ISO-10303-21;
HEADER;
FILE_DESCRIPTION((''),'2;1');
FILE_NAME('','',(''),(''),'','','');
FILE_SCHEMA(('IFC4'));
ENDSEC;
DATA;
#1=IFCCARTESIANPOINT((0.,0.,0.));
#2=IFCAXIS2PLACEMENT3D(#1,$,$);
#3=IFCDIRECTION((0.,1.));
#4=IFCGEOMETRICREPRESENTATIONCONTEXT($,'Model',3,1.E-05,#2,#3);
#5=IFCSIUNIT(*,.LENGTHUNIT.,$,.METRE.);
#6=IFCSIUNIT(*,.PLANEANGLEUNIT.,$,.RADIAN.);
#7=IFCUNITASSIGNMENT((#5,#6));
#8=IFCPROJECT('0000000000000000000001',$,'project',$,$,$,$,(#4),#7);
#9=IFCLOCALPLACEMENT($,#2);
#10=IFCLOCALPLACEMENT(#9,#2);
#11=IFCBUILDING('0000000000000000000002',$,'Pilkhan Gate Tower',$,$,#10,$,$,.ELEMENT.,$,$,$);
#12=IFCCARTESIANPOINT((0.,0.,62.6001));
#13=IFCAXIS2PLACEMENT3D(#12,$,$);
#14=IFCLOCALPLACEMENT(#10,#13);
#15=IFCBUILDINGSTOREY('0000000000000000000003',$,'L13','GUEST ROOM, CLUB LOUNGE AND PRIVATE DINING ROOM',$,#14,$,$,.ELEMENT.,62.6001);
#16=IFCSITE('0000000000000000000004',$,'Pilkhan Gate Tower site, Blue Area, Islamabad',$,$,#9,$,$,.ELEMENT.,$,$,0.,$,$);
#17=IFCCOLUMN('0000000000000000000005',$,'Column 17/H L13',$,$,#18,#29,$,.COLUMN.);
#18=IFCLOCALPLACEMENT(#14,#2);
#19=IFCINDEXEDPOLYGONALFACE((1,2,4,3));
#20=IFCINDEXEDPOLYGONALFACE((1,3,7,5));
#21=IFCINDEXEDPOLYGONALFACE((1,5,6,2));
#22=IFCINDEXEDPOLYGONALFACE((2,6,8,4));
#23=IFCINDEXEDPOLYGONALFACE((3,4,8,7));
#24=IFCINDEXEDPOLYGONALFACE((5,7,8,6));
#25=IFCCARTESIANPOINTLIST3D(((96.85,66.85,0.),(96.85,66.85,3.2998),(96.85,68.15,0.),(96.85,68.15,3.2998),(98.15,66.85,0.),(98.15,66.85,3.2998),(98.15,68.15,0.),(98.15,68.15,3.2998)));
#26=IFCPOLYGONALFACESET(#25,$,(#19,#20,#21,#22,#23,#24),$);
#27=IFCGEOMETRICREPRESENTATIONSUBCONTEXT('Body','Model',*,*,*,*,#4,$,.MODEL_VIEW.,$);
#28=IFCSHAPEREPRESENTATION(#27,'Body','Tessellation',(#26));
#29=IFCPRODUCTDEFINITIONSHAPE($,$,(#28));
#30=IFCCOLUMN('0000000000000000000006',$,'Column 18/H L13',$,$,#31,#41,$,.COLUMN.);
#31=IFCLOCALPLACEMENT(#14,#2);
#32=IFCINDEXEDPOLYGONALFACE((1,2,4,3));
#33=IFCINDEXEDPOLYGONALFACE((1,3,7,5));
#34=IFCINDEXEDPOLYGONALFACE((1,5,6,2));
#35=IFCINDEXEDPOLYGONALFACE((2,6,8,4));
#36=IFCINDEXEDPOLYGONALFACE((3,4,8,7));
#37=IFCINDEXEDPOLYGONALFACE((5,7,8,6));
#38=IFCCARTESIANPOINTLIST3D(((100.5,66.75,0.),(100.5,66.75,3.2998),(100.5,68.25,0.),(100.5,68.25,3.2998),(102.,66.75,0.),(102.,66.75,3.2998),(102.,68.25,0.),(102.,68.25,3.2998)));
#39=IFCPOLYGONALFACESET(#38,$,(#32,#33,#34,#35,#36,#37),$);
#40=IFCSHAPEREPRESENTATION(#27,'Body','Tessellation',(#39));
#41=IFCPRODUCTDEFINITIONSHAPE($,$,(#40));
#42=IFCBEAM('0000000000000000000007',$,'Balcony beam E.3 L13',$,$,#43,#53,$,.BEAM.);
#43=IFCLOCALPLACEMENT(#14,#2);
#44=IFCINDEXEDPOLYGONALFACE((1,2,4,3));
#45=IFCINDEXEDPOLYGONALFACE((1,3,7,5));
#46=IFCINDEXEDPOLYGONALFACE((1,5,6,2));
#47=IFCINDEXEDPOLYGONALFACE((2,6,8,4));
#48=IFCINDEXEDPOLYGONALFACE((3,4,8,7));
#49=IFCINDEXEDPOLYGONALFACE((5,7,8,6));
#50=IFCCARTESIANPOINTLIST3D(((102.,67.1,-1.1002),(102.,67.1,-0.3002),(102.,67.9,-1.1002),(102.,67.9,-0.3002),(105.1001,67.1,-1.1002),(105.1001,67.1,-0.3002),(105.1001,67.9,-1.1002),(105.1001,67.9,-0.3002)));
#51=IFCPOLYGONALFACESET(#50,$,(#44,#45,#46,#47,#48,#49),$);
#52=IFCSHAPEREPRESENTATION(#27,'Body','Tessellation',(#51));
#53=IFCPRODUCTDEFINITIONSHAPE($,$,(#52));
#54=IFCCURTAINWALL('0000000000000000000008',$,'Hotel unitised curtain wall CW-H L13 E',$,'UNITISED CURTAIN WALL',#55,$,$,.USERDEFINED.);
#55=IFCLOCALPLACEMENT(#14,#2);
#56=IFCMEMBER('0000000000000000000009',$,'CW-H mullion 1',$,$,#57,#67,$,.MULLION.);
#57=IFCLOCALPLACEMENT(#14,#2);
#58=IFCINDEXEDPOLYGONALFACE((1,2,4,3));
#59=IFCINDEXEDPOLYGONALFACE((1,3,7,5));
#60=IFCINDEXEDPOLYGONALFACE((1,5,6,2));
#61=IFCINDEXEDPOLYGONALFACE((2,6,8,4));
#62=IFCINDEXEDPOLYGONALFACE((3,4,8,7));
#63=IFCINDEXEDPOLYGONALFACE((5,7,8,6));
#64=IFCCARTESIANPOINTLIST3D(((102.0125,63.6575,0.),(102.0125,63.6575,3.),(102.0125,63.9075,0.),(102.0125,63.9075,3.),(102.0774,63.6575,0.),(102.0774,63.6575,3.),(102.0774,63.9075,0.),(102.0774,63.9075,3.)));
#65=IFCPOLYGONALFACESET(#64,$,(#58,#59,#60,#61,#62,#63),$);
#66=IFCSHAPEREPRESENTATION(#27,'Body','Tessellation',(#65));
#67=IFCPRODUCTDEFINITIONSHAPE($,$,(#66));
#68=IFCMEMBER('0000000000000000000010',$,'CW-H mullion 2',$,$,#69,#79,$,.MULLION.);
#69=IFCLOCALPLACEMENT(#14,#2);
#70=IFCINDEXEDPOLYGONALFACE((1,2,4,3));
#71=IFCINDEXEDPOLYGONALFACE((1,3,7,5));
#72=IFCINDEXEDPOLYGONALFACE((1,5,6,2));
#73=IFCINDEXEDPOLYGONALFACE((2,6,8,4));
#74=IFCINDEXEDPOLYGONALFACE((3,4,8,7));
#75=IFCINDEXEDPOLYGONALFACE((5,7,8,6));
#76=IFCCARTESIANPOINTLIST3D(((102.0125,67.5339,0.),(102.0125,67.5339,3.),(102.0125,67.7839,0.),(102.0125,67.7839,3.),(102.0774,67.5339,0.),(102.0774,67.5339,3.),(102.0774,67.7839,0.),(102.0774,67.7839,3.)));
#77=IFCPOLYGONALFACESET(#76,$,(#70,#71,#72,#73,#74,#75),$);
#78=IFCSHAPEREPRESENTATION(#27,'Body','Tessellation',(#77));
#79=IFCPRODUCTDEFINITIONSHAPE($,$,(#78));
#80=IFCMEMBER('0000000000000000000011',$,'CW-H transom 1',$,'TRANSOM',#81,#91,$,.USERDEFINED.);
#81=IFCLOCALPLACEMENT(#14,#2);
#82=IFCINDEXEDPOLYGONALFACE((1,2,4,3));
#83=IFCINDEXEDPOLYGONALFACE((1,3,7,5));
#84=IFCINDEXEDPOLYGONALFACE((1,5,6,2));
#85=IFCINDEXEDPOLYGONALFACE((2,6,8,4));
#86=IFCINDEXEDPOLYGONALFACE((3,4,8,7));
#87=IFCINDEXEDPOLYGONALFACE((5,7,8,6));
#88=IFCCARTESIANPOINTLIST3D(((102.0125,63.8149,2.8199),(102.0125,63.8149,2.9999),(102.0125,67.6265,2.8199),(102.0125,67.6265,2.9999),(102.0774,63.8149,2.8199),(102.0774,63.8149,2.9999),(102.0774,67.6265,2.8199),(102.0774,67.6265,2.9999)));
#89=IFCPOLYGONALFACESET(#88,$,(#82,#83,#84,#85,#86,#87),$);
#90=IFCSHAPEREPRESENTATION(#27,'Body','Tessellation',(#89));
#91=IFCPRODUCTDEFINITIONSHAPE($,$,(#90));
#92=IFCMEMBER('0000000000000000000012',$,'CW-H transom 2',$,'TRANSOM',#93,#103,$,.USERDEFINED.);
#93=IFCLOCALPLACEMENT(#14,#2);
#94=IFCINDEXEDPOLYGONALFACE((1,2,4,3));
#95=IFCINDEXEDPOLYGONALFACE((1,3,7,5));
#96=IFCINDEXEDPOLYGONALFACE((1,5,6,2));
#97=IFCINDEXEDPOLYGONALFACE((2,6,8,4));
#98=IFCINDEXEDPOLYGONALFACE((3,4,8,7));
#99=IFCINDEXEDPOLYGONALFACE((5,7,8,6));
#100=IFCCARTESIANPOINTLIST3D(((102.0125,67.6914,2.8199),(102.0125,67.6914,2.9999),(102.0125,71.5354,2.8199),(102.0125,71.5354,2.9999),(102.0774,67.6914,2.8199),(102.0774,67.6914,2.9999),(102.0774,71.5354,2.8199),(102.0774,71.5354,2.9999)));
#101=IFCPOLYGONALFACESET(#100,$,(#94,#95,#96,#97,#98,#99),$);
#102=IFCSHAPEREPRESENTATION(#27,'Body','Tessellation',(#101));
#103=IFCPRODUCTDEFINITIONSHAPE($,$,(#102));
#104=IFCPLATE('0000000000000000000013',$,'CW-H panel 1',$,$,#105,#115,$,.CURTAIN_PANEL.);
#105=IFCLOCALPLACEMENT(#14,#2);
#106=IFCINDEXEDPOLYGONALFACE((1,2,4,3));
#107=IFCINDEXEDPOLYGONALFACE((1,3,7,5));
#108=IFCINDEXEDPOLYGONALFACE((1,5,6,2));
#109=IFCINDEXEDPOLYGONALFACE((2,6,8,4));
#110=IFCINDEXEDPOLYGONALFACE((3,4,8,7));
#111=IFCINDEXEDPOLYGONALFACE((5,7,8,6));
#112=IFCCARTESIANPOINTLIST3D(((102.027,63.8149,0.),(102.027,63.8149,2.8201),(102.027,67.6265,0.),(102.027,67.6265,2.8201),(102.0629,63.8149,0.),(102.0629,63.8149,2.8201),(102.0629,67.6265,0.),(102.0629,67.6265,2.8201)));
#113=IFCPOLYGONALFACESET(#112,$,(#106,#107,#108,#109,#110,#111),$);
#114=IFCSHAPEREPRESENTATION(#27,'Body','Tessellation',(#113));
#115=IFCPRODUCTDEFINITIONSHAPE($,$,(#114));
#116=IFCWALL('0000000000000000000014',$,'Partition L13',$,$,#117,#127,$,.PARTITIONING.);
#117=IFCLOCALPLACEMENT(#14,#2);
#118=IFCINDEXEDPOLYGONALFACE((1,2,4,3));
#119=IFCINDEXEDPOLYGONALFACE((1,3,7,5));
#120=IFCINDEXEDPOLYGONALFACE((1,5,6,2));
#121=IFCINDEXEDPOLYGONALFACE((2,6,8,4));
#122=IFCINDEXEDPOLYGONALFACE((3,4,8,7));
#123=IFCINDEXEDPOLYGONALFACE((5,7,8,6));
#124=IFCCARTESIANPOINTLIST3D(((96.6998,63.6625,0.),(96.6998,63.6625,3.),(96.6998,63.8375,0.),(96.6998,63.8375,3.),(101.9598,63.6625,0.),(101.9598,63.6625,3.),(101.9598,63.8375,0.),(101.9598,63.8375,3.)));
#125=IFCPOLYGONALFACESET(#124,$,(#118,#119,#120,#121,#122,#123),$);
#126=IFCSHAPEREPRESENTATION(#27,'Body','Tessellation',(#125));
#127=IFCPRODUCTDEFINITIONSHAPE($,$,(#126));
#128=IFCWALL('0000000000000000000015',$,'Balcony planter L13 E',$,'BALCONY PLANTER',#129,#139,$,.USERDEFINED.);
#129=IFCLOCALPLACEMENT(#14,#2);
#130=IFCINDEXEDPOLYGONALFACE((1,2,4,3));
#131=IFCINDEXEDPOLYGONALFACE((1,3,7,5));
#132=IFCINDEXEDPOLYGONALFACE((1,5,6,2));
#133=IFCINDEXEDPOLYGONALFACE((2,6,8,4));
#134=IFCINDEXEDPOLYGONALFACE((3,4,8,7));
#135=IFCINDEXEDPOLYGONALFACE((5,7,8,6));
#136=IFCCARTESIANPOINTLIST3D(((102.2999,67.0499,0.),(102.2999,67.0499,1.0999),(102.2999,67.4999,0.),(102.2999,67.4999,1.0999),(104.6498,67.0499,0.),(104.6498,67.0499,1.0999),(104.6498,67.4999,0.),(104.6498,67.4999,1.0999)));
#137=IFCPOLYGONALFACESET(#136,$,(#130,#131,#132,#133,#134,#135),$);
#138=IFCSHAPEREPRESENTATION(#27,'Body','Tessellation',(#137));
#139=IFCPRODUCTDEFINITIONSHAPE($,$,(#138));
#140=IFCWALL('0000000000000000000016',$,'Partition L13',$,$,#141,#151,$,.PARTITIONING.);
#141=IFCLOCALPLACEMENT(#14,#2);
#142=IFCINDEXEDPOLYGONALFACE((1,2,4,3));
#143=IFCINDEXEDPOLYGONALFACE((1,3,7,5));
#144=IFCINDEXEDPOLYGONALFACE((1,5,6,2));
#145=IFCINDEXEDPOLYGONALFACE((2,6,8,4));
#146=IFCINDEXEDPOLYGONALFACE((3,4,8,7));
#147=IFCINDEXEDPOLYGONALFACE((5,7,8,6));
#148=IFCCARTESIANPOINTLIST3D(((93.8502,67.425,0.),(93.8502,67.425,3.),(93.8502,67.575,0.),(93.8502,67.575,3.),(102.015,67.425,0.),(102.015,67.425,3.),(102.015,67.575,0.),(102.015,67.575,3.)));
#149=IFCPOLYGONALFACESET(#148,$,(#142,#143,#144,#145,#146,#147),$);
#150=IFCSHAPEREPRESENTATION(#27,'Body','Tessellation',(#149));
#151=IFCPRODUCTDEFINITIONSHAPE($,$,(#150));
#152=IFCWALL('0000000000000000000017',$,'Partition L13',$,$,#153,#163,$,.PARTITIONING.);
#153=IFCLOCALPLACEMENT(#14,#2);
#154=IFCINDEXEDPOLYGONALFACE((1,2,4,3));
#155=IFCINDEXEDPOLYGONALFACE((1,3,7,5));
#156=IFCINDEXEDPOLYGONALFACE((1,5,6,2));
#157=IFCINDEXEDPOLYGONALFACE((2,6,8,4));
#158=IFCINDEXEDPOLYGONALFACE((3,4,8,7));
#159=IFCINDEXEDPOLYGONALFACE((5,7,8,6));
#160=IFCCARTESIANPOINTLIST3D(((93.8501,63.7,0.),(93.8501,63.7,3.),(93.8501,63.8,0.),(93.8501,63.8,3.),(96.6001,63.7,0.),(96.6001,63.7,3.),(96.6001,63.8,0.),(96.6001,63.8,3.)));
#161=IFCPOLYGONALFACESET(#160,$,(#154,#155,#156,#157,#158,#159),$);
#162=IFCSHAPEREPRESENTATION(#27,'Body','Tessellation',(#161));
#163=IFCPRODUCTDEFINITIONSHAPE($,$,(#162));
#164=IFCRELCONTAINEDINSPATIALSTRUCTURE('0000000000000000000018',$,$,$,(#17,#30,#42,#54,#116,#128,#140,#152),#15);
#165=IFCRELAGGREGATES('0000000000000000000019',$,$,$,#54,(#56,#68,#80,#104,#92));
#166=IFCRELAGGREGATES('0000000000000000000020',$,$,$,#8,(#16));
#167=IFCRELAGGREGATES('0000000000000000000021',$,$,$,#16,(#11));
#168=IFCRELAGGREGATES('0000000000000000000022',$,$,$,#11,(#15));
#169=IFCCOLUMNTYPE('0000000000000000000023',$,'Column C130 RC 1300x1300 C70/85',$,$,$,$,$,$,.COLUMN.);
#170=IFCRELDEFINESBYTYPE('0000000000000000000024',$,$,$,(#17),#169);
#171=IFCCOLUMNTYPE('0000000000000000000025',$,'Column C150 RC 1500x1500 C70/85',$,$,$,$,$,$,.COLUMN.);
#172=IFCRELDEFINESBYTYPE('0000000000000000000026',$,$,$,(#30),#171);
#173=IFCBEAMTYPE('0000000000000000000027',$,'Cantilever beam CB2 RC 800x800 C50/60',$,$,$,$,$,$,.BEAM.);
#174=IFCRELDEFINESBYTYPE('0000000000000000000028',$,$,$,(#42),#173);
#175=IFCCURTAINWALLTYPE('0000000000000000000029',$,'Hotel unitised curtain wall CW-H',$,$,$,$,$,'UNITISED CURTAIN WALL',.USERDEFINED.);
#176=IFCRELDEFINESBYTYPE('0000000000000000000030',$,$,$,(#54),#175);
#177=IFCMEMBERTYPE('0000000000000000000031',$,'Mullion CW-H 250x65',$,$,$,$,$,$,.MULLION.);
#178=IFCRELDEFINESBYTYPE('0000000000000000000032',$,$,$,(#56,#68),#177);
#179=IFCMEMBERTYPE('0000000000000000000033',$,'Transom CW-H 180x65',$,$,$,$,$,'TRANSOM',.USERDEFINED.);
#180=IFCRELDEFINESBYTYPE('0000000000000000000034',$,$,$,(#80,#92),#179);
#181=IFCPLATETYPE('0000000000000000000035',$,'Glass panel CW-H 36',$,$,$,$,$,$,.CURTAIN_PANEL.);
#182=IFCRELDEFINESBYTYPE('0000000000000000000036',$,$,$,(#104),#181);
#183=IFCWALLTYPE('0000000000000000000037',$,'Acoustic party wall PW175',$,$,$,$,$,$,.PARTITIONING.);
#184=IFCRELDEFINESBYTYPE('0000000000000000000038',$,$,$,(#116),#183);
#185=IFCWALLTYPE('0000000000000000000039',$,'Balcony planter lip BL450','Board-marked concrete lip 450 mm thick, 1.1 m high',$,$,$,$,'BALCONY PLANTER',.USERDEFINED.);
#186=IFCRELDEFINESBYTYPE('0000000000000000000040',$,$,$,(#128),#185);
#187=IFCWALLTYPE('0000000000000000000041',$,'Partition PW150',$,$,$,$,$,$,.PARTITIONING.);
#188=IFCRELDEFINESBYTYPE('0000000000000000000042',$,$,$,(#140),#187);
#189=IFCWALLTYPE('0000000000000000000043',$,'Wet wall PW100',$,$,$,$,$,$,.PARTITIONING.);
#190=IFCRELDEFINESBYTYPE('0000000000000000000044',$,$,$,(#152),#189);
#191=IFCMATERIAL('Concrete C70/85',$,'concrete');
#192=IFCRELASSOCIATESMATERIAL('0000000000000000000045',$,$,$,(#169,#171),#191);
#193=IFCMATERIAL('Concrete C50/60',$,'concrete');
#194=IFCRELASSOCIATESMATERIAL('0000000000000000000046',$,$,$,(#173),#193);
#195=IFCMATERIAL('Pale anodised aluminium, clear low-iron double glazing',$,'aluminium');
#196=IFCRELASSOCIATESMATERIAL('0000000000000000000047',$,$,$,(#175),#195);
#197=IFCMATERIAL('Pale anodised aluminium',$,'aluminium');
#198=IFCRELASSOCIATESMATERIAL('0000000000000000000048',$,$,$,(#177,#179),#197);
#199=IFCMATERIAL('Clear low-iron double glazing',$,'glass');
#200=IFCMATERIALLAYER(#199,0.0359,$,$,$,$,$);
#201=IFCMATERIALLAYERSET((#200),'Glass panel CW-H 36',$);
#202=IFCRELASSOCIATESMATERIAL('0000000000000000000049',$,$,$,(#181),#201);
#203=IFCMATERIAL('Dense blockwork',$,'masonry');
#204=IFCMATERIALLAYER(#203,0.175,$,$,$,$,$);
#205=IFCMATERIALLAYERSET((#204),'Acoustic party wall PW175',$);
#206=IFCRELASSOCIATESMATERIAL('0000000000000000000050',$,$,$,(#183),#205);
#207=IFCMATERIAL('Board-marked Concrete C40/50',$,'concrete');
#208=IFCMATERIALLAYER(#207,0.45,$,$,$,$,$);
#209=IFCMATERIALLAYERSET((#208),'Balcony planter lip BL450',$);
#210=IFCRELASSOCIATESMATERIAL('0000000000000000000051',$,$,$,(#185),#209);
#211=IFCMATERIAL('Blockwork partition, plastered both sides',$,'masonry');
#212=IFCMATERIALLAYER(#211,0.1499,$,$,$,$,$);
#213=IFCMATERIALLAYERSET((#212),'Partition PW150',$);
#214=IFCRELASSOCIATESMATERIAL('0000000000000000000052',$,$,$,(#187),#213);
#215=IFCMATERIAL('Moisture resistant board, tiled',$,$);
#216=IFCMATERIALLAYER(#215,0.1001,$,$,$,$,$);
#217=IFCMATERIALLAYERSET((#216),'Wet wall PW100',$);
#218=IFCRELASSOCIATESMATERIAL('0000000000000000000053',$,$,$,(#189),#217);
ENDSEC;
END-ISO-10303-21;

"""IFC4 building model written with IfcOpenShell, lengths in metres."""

from ifc_helpers import new_model, si_unit, direction, frame, frame_2d, origin, origin_2d, place, context, subcontext, project, spatial, rectangle, extrude, material, layer, layer_set, material_profile, profile_set, type_object, element, aggregate, save


model = new_model("IFC4")

# Units and contexts
model_context = context("Model", 3, precision=1e-05, world=origin(), true_north=direction((0.0, 1.0)))
body_context = subcontext(model_context, "Body", "Model", "MODEL_VIEW")
ifc_project = project(units=[si_unit("LENGTHUNIT", "METRE"), si_unit("PLANEANGLEUNIT", "RADIAN")], contexts=[model_context])

# Site, building, storey
site_placement = place(None, origin())
site = spatial("IfcSite", under=ifc_project, at=site_placement, Name="Pilkhan Gate Tower site, Blue Area, Islamabad", CompositionType="ELEMENT", RefElevation=0.0)
building_placement = place(site_placement, origin())
building = spatial("IfcBuilding", under=site, at=building_placement, Name="Pilkhan Gate Tower", CompositionType="ELEMENT")
storey_placement = place(building_placement, frame((0.0, 0.0, 62.6001)))
storey = spatial("IfcBuildingStorey", under=building, at=storey_placement, Name="L13", Description="GUEST ROOM, CLUB LOUNGE AND PRIVATE DINING ROOM", CompositionType="ELEMENT", Elevation=62.6001)

# Columns
ifc_material_1 = material(Name="Concrete C70/85", Category="concrete")
ifc_material_profile_1 = material_profile(ifc_material_1, rectangle(XDim=1.3, YDim=1.3, at=origin_2d()), Name="RC 1300x1300")
ifc_profile_set_1 = profile_set([ifc_material_profile_1], Name="Concrete C70/85")
column_type_1 = type_object("IfcColumnType", Name="Column C130 RC 1300x1300 C70/85", PredefinedType="COLUMN", material=ifc_profile_set_1)
column_1_placement = place(storey_placement, frame((97.5, 67.5, 0.0), z_axis=(0.0, 0.0, 1.0), x_axis=(1.0, 0.0, 0.0)))
element("IfcColumn", 1, at=column_1_placement, inside=storey, type_object=column_type_1, Name="Column 17/H L13", PredefinedType="COLUMN", context=body_context, shape_type="SweptSolid", body=[
    extrude(rectangle(XDim=1.3, YDim=1.3, at=origin_2d()), origin(), (0.0, 0.0, 1.0), 3.2998),
])
ifc_material_profile_2 = material_profile(ifc_material_1, rectangle(XDim=1.5, YDim=1.5, at=origin_2d()), Name="RC 1500x1500")
ifc_profile_set_2 = profile_set([ifc_material_profile_2], Name="Concrete C70/85")
column_type_2 = type_object("IfcColumnType", Name="Column C150 RC 1500x1500 C70/85", PredefinedType="COLUMN", material=ifc_profile_set_2)
column_2_placement = place(storey_placement, frame((101.25, 67.5, 0.0), z_axis=(0.0, 0.0, 1.0), x_axis=(1.0, 0.0, 0.0)))
element("IfcColumn", 2, at=column_2_placement, inside=storey, type_object=column_type_2, Name="Column 18/H L13", PredefinedType="COLUMN", context=body_context, shape_type="SweptSolid", body=[
    extrude(rectangle(XDim=1.5, YDim=1.5, at=origin_2d()), origin(), (0.0, 0.0, 1.0), 3.2998),
])

# Beam
ifc_material_2 = material(Name="Concrete C50/60", Category="concrete")
ifc_material_profile_3 = material_profile(ifc_material_2, rectangle(XDim=0.8, YDim=0.8, at=origin_2d()), Name="RC 800x800")
ifc_profile_set_3 = profile_set([ifc_material_profile_3], Name="Concrete C50/60")
beam_type = type_object("IfcBeamType", Name="Cantilever beam CB2 RC 800x800 C50/60", PredefinedType="BEAM", material=ifc_profile_set_3)
beam_placement = place(storey_placement, frame((102.0, 67.5, -0.7002), z_axis=(1.0, 0.0, 0.0), x_axis=(0.0, 1.0, 0.0)))
element("IfcBeam", 3, at=beam_placement, inside=storey, type_object=beam_type, Name="Balcony beam E.3 L13", PredefinedType="BEAM", context=body_context, shape_type="SweptSolid", body=[
    extrude(rectangle(XDim=0.8, YDim=0.8, at=origin_2d()), origin(), (0.0, 0.0, 1.0), 3.1001),
])

# Curtain wall, members, plate
ifc_material_3 = material(Name="Pale anodised aluminium, clear low-iron double glazing", Category="aluminium")
curtain_wall_type = type_object("IfcCurtainWallType", Name="Hotel unitised curtain wall CW-H", ElementType="UNITISED CURTAIN WALL", PredefinedType="USERDEFINED", material=ifc_material_3)
curtain_wall_placement = place(storey_placement, origin())
curtain_wall = element("IfcCurtainWall", 4, at=curtain_wall_placement, inside=storey, type_object=curtain_wall_type, Name="Hotel unitised curtain wall CW-H L13 E", ObjectType="UNITISED CURTAIN WALL", PredefinedType="USERDEFINED")
ifc_material_4 = material(Name="Pale anodised aluminium", Category="aluminium")
ifc_material_profile_4 = material_profile(ifc_material_4, rectangle(XDim=0.0649, YDim=0.25, at=origin_2d()), Name="Mullion 250x65")
ifc_profile_set_4 = profile_set([ifc_material_profile_4], Name="Pale anodised aluminium")
member_type_1 = type_object("IfcMemberType", Name="Mullion CW-H 250x65", PredefinedType="MULLION", material=ifc_profile_set_4)
member_1_placement = place(storey_placement, frame((102.0449, 63.7825, 0.0), z_axis=(0.0, 0.0, 1.0), x_axis=(-1.0, 0.0, 0.0)))
member_1 = element("IfcMember", 5, at=member_1_placement, type_object=member_type_1, Name="CW-H mullion 1", PredefinedType="MULLION", context=body_context, shape_type="SweptSolid", body=[
    extrude(rectangle(XDim=0.0649, YDim=0.25, at=origin_2d()), origin(), (0.0, 0.0, 1.0), 3.0),
])
member_2_placement = place(storey_placement, frame((102.0449, 67.6589, 0.0), z_axis=(0.0, 0.0, 1.0), x_axis=(-1.0, 0.0, 0.0)))
member_2 = element("IfcMember", 6, at=member_2_placement, type_object=member_type_1, Name="CW-H mullion 2", PredefinedType="MULLION", context=body_context, shape_type="SweptSolid", body=[
    extrude(rectangle(XDim=0.0649, YDim=0.25, at=origin_2d()), origin(), (0.0, 0.0, 1.0), 3.0),
])
ifc_material_profile_5 = material_profile(ifc_material_4, rectangle(XDim=0.0649, YDim=0.1799, at=origin_2d()), Name="Transom 180x65")
ifc_profile_set_5 = profile_set([ifc_material_profile_5], Name="Pale anodised aluminium")
member_type_2 = type_object("IfcMemberType", Name="Transom CW-H 180x65", ElementType="TRANSOM", PredefinedType="USERDEFINED", material=ifc_profile_set_5)
member_3_placement = place(storey_placement, frame((102.0449, 63.8149, 2.9099), z_axis=(0.0, 1.0, 0.0), x_axis=(-1.0, 0.0, 0.0)))
member_3 = element("IfcMember", 7, at=member_3_placement, type_object=member_type_2, Name="CW-H transom 1", ObjectType="TRANSOM", PredefinedType="USERDEFINED", context=body_context, shape_type="SweptSolid", body=[
    extrude(rectangle(XDim=0.0649, YDim=0.1799, at=origin_2d()), origin(), (0.0, 0.0, 1.0), 3.8115),
])
member_4_placement = place(storey_placement, frame((102.0449, 67.6914, 2.9099), z_axis=(0.0, 1.0, 0.0), x_axis=(-1.0, 0.0, 0.0)))
member_4 = element("IfcMember", 8, at=member_4_placement, type_object=member_type_2, Name="CW-H transom 2", ObjectType="TRANSOM", PredefinedType="USERDEFINED", context=body_context, shape_type="SweptSolid", body=[
    extrude(rectangle(XDim=0.0649, YDim=0.1799, at=origin_2d()), origin(), (0.0, 0.0, 1.0), 3.844),
])
ifc_material_5 = material(Name="Clear low-iron double glazing", Category="glass")
ifc_layer_1 = layer(ifc_material_5, 0.0359)
ifc_layer_set_1 = layer_set([ifc_layer_1], Name="Glass panel CW-H 36")
plate_type = type_object("IfcPlateType", Name="Glass panel CW-H 36", PredefinedType="CURTAIN_PANEL", material=ifc_layer_set_1)
plate_placement = place(storey_placement, frame((102.0449, 65.7207, 0.0), z_axis=(0.0, 0.0, 1.0), x_axis=(0.0, 1.0, 0.0)))
plate = element("IfcPlate", 9, at=plate_placement, type_object=plate_type, Name="CW-H panel 1", PredefinedType="CURTAIN_PANEL", context=body_context, shape_type="SweptSolid", body=[
    extrude(rectangle(XDim=3.8115, YDim=0.0359, at=origin_2d()), origin(), (0.0, 0.0, 1.0), 2.8201),
])
aggregate(curtain_wall, [member_1, member_2, member_3, plate, member_4])

# Walls
ifc_material_6 = material(Name="Dense blockwork", Category="masonry")
ifc_layer_2 = layer(ifc_material_6, 0.175)
ifc_layer_set_2 = layer_set([ifc_layer_2], Name="Acoustic party wall PW175")
wall_type_1 = type_object("IfcWallType", Name="Acoustic party wall PW175", PredefinedType="PARTITIONING", material=ifc_layer_set_2)
wall_1_placement = place(storey_placement, frame((96.7, 63.75, 0.0), z_axis=(0.0, 0.0, 1.0), x_axis=(1.0, 0.0, 0.0)))
element("IfcWall", 10, at=wall_1_placement, inside=storey, type_object=wall_type_1, Name="Partition L13", PredefinedType="PARTITIONING", context=body_context, shape_type="SweptSolid", body=[
    extrude(rectangle(XDim=5.26, YDim=0.175, at=frame_2d((2.6299, 0.0))), origin(), (0.0, 0.0, 1.0), 3.0),
])
ifc_material_7 = material(Name="Board-marked Concrete C40/50", Category="concrete")
ifc_layer_3 = layer(ifc_material_7, 0.45)
ifc_layer_set_3 = layer_set([ifc_layer_3], Name="Balcony planter lip BL450")
wall_type_2 = type_object("IfcWallType", Name="Balcony planter lip BL450", Description="Board-marked concrete lip 450 mm thick, 1.1 m high", ElementType="BALCONY PLANTER", PredefinedType="USERDEFINED", material=ifc_layer_set_3)
wall_2_placement = place(storey_placement, frame((102.3, 67.2749, 0.0), z_axis=(0.0, 0.0, 1.0), x_axis=(1.0, 0.0, 0.0)))
element("IfcWall", 11, at=wall_2_placement, inside=storey, type_object=wall_type_2, Name="Balcony planter L13 E", ObjectType="BALCONY PLANTER", PredefinedType="USERDEFINED", context=body_context, shape_type="SweptSolid", body=[
    extrude(rectangle(XDim=2.3499, YDim=0.45, at=frame_2d((1.1748, 0.0))), origin(), (0.0, 0.0, 1.0), 1.0999),
])
ifc_material_8 = material(Name="Blockwork partition, plastered both sides", Category="masonry")
ifc_layer_4 = layer(ifc_material_8, 0.1499)
ifc_layer_set_4 = layer_set([ifc_layer_4], Name="Partition PW150")
wall_type_3 = type_object("IfcWallType", Name="Partition PW150", PredefinedType="PARTITIONING", material=ifc_layer_set_4)
wall_3_placement = place(storey_placement, frame((93.8501, 67.5, 0.0), z_axis=(0.0, 0.0, 1.0), x_axis=(1.0, 0.0, 0.0)))
element("IfcWall", 12, at=wall_3_placement, inside=storey, type_object=wall_type_3, Name="Partition L13", PredefinedType="PARTITIONING", context=body_context, shape_type="SweptSolid", body=[
    extrude(rectangle(XDim=8.1648, YDim=0.1499, at=frame_2d((4.0825, 0.0))), origin(), (0.0, 0.0, 1.0), 3.0),
])
ifc_material_9 = material(Name="Moisture resistant board, tiled")
ifc_layer_5 = layer(ifc_material_9, 0.1001)
ifc_layer_set_5 = layer_set([ifc_layer_5], Name="Wet wall PW100")
wall_type_4 = type_object("IfcWallType", Name="Wet wall PW100", PredefinedType="PARTITIONING", material=ifc_layer_set_5)
wall_4_placement = place(storey_placement, frame((93.8501, 63.75, 0.0), z_axis=(0.0, 0.0, 1.0), x_axis=(1.0, 0.0, 0.0)))
element("IfcWall", 13, at=wall_4_placement, inside=storey, type_object=wall_type_4, Name="Partition L13", PredefinedType="PARTITIONING", context=body_context, shape_type="SweptSolid", body=[
    extrude(rectangle(XDim=2.75, YDim=0.1001, at=frame_2d((1.375, 0.0))), origin(), (0.0, 0.0, 1.0), 3.0),
])

save(model, "model.ifc")
